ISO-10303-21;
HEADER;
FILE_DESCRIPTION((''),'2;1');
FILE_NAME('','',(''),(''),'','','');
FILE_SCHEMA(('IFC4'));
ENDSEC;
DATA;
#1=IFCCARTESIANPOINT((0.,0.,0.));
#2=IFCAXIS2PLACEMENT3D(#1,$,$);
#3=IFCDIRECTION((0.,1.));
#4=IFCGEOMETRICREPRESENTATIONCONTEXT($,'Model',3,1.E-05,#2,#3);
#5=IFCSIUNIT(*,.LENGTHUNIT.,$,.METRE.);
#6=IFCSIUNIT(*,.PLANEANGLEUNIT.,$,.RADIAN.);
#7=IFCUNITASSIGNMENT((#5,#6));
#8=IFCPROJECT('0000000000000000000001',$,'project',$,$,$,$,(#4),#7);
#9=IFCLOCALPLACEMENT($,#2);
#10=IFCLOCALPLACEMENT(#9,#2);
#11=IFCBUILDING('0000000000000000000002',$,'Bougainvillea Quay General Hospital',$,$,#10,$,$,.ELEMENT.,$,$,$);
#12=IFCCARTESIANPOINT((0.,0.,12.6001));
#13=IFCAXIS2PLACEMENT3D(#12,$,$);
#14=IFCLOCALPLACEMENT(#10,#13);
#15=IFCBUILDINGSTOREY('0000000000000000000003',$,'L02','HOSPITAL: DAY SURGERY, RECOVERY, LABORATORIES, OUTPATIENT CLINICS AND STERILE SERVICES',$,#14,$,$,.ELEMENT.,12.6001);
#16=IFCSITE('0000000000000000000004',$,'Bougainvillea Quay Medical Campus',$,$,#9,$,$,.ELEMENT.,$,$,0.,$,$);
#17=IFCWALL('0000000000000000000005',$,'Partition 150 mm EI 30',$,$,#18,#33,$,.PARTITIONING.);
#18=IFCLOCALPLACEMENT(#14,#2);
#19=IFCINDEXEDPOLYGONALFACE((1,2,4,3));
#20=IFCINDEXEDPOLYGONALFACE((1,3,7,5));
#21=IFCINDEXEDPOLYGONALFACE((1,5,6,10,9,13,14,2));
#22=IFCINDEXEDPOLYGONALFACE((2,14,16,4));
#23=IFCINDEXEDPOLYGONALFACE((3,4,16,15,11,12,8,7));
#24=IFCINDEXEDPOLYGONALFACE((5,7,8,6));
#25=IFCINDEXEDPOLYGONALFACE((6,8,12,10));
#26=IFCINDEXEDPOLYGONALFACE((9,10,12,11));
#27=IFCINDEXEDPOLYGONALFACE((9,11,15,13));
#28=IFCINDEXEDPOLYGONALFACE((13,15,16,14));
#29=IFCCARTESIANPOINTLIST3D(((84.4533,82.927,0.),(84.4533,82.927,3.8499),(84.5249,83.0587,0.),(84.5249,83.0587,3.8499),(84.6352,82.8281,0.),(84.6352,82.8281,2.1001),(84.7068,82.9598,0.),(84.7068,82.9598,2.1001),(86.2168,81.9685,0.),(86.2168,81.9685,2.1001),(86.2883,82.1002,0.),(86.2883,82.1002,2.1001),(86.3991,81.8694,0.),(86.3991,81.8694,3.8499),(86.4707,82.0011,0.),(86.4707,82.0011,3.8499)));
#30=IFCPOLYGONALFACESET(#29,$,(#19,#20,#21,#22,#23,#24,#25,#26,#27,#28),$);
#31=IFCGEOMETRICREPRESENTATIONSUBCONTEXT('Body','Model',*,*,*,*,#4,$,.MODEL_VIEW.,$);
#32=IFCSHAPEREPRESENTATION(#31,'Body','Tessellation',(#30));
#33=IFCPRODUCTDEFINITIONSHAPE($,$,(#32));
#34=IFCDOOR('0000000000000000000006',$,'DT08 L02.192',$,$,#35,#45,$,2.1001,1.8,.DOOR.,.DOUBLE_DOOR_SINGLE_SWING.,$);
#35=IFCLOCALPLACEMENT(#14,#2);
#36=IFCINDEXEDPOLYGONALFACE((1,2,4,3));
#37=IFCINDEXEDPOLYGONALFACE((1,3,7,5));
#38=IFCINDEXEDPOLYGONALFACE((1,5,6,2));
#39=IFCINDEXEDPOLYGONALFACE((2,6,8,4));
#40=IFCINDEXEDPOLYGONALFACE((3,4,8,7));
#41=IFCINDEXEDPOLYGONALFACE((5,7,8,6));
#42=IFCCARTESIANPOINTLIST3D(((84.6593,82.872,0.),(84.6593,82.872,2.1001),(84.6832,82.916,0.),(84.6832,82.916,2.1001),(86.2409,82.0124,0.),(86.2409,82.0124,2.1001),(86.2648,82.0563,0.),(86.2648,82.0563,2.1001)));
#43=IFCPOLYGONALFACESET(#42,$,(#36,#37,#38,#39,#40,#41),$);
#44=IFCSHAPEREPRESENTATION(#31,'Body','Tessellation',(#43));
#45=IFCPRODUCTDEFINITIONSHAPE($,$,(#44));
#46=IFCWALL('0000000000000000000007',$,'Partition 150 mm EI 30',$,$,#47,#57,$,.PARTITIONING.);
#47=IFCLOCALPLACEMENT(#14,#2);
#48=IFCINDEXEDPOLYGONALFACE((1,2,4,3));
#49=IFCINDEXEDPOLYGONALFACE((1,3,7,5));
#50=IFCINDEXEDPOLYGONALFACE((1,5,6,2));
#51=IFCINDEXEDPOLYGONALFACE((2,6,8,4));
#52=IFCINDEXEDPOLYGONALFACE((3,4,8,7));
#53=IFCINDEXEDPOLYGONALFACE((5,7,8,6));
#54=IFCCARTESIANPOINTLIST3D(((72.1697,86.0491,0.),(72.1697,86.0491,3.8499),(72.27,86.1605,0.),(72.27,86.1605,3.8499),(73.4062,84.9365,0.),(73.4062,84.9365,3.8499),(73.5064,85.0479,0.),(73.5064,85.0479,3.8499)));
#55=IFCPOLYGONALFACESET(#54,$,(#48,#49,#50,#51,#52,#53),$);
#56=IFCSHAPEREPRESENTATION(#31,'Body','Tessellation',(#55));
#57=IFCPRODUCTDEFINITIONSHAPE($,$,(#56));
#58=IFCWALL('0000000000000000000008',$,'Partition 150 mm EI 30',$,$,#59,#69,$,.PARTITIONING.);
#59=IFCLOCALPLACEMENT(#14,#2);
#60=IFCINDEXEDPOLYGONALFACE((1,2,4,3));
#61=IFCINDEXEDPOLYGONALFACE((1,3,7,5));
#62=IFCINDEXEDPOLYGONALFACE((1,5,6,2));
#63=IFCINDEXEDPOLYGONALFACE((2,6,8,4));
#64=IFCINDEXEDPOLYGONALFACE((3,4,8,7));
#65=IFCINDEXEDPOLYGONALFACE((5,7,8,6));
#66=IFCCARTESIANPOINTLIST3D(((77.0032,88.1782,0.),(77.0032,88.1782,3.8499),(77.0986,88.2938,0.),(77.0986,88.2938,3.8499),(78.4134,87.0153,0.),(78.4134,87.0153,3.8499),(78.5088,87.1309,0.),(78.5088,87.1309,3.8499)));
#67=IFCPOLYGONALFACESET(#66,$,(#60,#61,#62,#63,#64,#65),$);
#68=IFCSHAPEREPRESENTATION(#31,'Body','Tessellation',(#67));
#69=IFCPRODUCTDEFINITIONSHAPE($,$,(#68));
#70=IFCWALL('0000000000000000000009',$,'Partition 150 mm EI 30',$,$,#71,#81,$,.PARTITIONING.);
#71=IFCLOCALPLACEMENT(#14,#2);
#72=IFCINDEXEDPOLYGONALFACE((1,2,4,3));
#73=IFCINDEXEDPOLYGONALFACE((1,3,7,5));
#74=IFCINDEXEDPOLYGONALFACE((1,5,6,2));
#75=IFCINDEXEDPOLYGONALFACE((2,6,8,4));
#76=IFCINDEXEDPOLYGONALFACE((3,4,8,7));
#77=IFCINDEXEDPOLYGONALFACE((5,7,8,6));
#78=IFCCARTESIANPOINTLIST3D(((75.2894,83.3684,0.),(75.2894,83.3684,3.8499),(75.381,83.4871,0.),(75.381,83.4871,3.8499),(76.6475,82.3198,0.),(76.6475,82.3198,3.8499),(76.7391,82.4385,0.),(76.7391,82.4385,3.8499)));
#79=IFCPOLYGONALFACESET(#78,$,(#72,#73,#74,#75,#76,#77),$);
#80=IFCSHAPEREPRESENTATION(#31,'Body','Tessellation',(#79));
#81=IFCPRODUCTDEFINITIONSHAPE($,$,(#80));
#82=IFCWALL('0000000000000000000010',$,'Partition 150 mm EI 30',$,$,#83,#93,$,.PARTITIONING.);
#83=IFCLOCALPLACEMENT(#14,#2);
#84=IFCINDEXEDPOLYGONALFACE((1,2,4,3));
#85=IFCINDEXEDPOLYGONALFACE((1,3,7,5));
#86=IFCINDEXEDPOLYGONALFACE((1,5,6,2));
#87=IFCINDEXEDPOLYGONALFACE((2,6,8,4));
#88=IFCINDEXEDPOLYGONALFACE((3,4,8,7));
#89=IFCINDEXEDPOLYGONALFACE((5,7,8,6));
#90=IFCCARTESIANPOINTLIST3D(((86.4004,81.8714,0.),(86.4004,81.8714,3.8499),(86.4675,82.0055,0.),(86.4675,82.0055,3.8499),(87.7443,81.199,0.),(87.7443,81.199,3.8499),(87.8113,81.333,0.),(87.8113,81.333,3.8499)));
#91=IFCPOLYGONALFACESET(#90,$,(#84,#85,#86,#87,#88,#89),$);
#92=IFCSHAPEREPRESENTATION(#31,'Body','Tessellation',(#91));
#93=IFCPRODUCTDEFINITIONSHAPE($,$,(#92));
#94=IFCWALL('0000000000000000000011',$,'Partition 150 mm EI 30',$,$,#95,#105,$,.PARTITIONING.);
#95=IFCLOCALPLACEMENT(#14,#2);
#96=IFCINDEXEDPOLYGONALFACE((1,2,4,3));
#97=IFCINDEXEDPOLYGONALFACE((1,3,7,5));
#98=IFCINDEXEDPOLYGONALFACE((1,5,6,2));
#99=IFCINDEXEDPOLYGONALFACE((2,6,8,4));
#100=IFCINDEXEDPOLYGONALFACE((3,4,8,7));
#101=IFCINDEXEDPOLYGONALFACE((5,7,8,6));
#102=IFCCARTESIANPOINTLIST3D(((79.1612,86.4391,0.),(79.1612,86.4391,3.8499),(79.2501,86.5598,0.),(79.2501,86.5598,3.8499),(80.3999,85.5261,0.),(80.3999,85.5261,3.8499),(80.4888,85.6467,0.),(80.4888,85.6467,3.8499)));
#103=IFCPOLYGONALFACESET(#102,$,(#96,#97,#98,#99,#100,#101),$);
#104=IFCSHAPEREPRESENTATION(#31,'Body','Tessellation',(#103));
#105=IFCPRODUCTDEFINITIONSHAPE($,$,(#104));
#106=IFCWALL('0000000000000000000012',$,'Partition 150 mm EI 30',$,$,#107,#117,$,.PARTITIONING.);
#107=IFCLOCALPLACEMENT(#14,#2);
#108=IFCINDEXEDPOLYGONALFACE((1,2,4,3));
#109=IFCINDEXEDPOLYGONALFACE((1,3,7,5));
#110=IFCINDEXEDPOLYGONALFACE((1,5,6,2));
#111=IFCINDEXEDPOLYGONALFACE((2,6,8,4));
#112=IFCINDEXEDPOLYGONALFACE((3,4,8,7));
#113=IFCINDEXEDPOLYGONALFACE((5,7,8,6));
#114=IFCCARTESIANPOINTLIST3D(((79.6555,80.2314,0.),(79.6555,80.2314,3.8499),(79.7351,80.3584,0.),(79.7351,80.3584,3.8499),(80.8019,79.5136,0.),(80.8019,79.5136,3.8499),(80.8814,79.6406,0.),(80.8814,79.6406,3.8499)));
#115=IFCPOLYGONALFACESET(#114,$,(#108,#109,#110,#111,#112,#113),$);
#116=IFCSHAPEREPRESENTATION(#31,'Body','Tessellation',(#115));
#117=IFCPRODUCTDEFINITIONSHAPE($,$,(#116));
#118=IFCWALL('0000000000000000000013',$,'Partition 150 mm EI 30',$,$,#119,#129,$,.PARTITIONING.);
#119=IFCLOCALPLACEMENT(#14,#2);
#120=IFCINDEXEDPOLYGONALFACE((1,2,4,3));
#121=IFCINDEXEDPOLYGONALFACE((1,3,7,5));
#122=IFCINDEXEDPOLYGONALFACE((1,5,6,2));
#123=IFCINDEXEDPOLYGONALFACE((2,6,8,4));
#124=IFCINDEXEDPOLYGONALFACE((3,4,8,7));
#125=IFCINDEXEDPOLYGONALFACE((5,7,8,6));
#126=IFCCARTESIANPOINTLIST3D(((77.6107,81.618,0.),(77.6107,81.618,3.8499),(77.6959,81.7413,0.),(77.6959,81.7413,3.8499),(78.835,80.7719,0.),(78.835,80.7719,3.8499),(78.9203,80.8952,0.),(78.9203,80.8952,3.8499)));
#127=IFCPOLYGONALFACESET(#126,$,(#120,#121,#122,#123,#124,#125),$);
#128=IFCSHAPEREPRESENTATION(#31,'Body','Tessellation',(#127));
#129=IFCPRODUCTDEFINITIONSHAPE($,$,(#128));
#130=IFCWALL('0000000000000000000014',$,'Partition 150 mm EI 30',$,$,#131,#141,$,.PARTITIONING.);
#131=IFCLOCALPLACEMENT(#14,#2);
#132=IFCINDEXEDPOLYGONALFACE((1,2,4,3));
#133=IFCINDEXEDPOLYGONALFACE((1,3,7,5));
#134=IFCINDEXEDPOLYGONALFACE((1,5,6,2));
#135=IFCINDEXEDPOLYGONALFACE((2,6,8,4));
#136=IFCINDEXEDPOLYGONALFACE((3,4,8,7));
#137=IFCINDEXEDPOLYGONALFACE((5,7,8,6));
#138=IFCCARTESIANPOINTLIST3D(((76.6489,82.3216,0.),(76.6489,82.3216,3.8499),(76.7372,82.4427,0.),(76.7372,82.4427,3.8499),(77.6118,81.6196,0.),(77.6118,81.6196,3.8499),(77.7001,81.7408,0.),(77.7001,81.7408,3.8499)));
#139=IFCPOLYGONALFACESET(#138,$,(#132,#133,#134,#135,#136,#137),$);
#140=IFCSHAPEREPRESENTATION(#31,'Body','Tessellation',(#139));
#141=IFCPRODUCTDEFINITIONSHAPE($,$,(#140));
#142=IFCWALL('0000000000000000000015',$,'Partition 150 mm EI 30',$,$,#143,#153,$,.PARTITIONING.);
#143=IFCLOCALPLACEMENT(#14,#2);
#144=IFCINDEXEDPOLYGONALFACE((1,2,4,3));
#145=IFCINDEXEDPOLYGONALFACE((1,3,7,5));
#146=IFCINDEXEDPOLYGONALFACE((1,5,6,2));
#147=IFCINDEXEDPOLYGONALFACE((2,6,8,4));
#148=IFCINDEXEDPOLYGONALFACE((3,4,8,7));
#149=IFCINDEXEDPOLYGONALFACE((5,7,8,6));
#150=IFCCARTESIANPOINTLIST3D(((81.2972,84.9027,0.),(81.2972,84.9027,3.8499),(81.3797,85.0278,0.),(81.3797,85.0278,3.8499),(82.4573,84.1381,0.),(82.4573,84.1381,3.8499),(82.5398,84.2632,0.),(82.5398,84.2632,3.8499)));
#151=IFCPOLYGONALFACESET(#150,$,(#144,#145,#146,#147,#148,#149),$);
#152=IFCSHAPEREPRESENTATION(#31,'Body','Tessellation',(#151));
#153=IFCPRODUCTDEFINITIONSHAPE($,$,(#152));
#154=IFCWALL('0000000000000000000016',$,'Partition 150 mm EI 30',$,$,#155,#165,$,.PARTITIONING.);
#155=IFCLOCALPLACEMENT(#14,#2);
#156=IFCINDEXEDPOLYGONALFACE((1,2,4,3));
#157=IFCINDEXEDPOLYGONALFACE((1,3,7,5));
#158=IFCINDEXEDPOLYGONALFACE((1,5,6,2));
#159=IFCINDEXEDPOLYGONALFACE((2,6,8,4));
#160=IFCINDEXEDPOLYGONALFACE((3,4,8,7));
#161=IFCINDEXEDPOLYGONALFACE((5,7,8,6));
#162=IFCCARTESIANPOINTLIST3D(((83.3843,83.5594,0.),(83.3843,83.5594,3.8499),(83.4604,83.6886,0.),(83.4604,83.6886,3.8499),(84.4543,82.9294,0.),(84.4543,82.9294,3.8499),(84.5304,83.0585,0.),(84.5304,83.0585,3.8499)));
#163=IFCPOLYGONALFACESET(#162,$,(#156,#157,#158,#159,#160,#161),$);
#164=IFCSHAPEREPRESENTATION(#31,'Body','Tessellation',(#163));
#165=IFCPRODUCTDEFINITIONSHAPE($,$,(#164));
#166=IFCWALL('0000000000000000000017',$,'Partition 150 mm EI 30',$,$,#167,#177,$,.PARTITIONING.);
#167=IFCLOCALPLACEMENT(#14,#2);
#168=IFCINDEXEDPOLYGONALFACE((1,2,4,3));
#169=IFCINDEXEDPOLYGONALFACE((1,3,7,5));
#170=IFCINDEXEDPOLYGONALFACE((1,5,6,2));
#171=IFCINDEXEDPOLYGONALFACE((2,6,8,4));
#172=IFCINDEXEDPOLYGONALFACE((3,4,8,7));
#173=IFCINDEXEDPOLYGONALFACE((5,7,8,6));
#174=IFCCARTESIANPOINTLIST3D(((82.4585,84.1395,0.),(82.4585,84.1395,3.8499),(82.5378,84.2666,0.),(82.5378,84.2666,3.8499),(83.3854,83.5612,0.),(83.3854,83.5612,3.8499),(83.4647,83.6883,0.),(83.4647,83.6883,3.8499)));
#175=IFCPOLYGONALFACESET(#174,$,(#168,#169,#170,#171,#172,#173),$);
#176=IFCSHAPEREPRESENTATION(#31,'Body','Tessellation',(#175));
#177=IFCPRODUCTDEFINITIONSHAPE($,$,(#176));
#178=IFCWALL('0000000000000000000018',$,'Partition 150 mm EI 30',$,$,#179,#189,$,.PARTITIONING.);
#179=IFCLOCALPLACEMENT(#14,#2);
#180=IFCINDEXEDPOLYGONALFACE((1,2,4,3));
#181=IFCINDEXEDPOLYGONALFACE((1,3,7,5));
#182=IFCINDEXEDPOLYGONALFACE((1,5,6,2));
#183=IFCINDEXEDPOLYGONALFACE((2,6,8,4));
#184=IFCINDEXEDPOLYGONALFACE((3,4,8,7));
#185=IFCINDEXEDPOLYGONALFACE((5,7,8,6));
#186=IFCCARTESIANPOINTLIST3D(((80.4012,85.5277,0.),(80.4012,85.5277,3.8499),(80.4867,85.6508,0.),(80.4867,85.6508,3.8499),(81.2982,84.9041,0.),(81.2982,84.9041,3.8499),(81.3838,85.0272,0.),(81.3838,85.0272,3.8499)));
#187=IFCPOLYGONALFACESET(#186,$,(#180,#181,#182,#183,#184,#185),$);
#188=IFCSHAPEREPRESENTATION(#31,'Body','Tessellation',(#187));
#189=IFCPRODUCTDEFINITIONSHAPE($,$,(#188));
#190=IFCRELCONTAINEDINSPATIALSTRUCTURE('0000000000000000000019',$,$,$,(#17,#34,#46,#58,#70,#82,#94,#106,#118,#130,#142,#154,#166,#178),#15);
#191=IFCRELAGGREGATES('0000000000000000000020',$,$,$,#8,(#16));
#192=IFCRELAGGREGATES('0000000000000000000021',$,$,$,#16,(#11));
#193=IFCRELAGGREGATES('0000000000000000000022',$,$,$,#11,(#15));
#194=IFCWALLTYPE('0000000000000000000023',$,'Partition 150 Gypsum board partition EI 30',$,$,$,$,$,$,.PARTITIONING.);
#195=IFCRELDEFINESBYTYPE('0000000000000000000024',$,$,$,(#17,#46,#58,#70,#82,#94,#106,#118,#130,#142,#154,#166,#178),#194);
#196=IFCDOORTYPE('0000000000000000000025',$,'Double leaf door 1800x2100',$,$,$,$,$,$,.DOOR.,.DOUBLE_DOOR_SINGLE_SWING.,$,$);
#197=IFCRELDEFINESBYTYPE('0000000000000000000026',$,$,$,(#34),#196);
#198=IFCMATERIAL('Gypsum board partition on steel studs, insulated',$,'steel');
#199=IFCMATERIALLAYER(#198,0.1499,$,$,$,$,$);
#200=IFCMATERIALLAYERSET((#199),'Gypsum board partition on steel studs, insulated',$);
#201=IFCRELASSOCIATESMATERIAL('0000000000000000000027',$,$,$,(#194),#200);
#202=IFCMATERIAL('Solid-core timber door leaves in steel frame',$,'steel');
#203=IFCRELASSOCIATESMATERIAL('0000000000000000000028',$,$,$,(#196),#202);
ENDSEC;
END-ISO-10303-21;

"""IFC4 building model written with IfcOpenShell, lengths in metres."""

from ifc_helpers import new_model, si_unit, direction, frame, frame_2d, origin, place, context, subcontext, project, spatial, rectangle, extrude, material, layer, layer_set, type_object, element, fill, save


model = new_model("IFC4")

# Units and contexts
model_context = context("Model", 3, precision=1e-05, world=origin(), true_north=direction((0.0, 1.0)))
body_context = subcontext(model_context, "Body", "Model", "MODEL_VIEW")
ifc_project = project(units=[si_unit("LENGTHUNIT", "METRE"), si_unit("PLANEANGLEUNIT", "RADIAN")], contexts=[model_context])

# Site, building, storey
site_placement = place(None, origin())
site = spatial("IfcSite", under=ifc_project, at=site_placement, Name="Bougainvillea Quay Medical Campus", CompositionType="ELEMENT", RefElevation=0.0)
building_placement = place(site_placement, origin())
building = spatial("IfcBuilding", under=site, at=building_placement, Name="Bougainvillea Quay General Hospital", CompositionType="ELEMENT")
storey_placement = place(building_placement, frame((0.0, 0.0, 12.6001)))
storey = spatial("IfcBuildingStorey", under=building, at=storey_placement, Name="L02", Description="HOSPITAL: DAY SURGERY, RECOVERY, LABORATORIES, OUTPATIENT CLINICS AND STERILE SERVICES", CompositionType="ELEMENT", Elevation=12.6001)

# Shared definitions
ifc_material_1 = material(Name="Gypsum board partition on steel studs, insulated", Category="steel")
ifc_layer_1 = layer(ifc_material_1, 0.1499)
ifc_layer_set_1 = layer_set([ifc_layer_1], Name="Gypsum board partition on steel studs, insulated")
wall_type_1 = type_object("IfcWallType", Name="Partition 150 Gypsum board partition EI 30", PredefinedType="PARTITIONING", material=ifc_layer_set_1)

# Shared definitions
ifc_material_2 = material(Name="Solid-core timber door leaves in steel frame", Category="steel")
door_type_1 = type_object("IfcDoorType", Name="Double leaf door 1800x2100", OperationType="DOUBLE_DOOR_SINGLE_SWING", PredefinedType="DOOR", material=ifc_material_2)

# Wall, opening, door
wall_1_placement = place(storey_placement, frame((84.489, 82.9929, 0.0), z_axis=(0.0, 0.0, 1.0), x_axis=(0.878602, -0.477554, 0.0)))
wall_1 = element("IfcWall", 1, at=wall_1_placement, inside=storey, type_object=wall_type_1, Name="Partition 150 mm EI 30", PredefinedType="PARTITIONING", context=body_context, shape_type="SweptSolid", body=[
    extrude(rectangle(XDim=2.2146, YDim=0.1499, at=frame_2d((1.1074, 0.0))), origin(), (0.0, 0.0, 1.0), 3.8499),
])
opening_1_placement = place(wall_1_placement, frame((0.2073, 0.0, 0.0)))
opening_1 = element("IfcOpeningElement", 2, at=opening_1_placement, cuts=wall_1, PredefinedType="OPENING", context=body_context, shape_type="SweptSolid", body=[
    extrude(rectangle(XDim=1.8, YDim=2.1001, at=frame_2d((0.8999, 1.05))), frame((0.0, 0.085, 0.0), z_axis=(0.0, -1.0, 0.0), x_axis=(1.0, 0.0, 0.0)), (0.0, 0.0, 1.0), 0.1699),
])
door_1_placement = place(opening_1_placement, frame((1.8, 0.0, 0.0), z_axis=(0.0, 0.0, 1.0), x_axis=(-1.0, 0.0, 0.0)))
door_1 = element("IfcDoor", 3, at=door_1_placement, inside=storey, type_object=door_type_1, Name="DT08 L02.192", OperationType="DOUBLE_DOOR_SINGLE_SWING", OverallHeight=2.1001, OverallWidth=1.8, PredefinedType="DOOR", context=body_context, shape_type="SweptSolid", body=[
    extrude(rectangle(XDim=1.8, YDim=2.1001, at=frame_2d((0.8999, 1.05))), frame((0.0, 0.0249, 0.0), z_axis=(0.0, -1.0, 0.0), x_axis=(1.0, 0.0, 0.0)), (0.0, 0.0, 1.0), 0.05),
])
fill(opening_1, door_1)

# Walls
wall_2_placement = place(storey_placement, frame((72.22, 86.1047, 0.0), z_axis=(0.0, 0.0, 1.0), x_axis=(0.743338, -0.668916, 0.0)))
element("IfcWall", 4, at=wall_2_placement, inside=storey, type_object=wall_type_1, Name="Partition 150 mm EI 30", PredefinedType="PARTITIONING", context=body_context, shape_type="SweptSolid", body=[
    extrude(rectangle(XDim=1.6633, YDim=0.1499, at=frame_2d((0.8315, 0.0))), origin(), (0.0, 0.0, 1.0), 3.8499),
])
wall_3_placement = place(storey_placement, frame((77.0508, 88.2361, 0.0), z_axis=(0.0, 0.0, 1.0), x_axis=(0.771518, -0.636208, 0.0)))
element("IfcWall", 5, at=wall_3_placement, inside=storey, type_object=wall_type_1, Name="Partition 150 mm EI 30", PredefinedType="PARTITIONING", context=body_context, shape_type="SweptSolid", body=[
    extrude(rectangle(XDim=1.8279, YDim=0.1499, at=frame_2d((0.9141, 0.0))), origin(), (0.0, 0.0, 1.0), 3.8499),
])
wall_4_placement = place(storey_placement, frame((75.3352, 83.4277, 0.0), z_axis=(0.0, 0.0, 1.0), x_axis=(0.791538, -0.611119, 0.0)))
element("IfcWall", 6, at=wall_4_placement, inside=storey, type_object=wall_type_1, Name="Partition 150 mm EI 30", PredefinedType="PARTITIONING", context=body_context, shape_type="SweptSolid", body=[
    extrude(rectangle(XDim=1.7158, YDim=0.1499, at=frame_2d((0.8579, 0.0))), origin(), (0.0, 0.0, 1.0), 3.8499),
])
wall_5_placement = place(storey_placement, frame((86.4338, 81.9385, 0.0), z_axis=(0.0, 0.0, 1.0), x_axis=(0.894297, -0.447474, 0.0)))
element("IfcWall", 7, at=wall_5_placement, inside=storey, type_object=wall_type_1, Name="Partition 150 mm EI 30", PredefinedType="PARTITIONING", context=body_context, shape_type="SweptSolid", body=[
    extrude(rectangle(XDim=1.5027, YDim=0.1499, at=frame_2d((0.7515, 0.0))), origin(), (0.0, 0.0, 1.0), 3.8499),
])
wall_6_placement = place(storey_placement, frame((79.2056, 86.4995, 0.0), z_axis=(0.0, 0.0, 1.0), x_axis=(0.80496, -0.593329, 0.0)))
element("IfcWall", 8, at=wall_6_placement, inside=storey, type_object=wall_type_1, Name="Partition 150 mm EI 30", PredefinedType="PARTITIONING", context=body_context, shape_type="SweptSolid", body=[
    extrude(rectangle(XDim=1.5388, YDim=0.1499, at=frame_2d((0.7695, 0.0))), origin(), (0.0, 0.0, 1.0), 3.8499),
])
wall_7_placement = place(storey_placement, frame((79.6953, 80.2949, 0.0), z_axis=(0.0, 0.0, 1.0), x_axis=(0.847542, -0.530729, 0.0)))
element("IfcWall", 9, at=wall_7_placement, inside=storey, type_object=wall_type_1, Name="Partition 150 mm EI 30", PredefinedType="PARTITIONING", context=body_context, shape_type="SweptSolid", body=[
    extrude(rectangle(XDim=1.3525, YDim=0.1499, at=frame_2d((0.6763, 0.0))), origin(), (0.0, 0.0, 1.0), 3.8499),
])
wall_8_placement = place(storey_placement, frame((77.6533, 81.6797, 0.0), z_axis=(0.0, 0.0, 1.0), x_axis=(0.822647, -0.568553, 0.0)))
element("IfcWall", 10, at=wall_8_placement, inside=storey, type_object=wall_type_1, Name="Partition 150 mm EI 30", PredefinedType="PARTITIONING", context=body_context, shape_type="SweptSolid", body=[
    extrude(rectangle(XDim=1.4883, YDim=0.1499, at=frame_2d((0.7441, 0.0))), origin(), (0.0, 0.0, 1.0), 3.8499),
])
wall_9_placement = place(storey_placement, frame((76.6931, 82.3821, 0.0), z_axis=(0.0, 0.0, 1.0), x_axis=(0.808089, -0.589061, 0.0)))
element("IfcWall", 11, at=wall_9_placement, inside=storey, type_object=wall_type_1, Name="Partition 150 mm EI 30", PredefinedType="PARTITIONING", context=body_context, shape_type="SweptSolid", body=[
    extrude(rectangle(XDim=1.1917, YDim=0.1499, at=frame_2d((0.5957, 0.0))), origin(), (0.0, 0.0, 1.0), 3.8499),
])
wall_10_placement = place(storey_placement, frame((81.3384, 84.9653, 0.0), z_axis=(0.0, 0.0, 1.0), x_axis=(0.834958, -0.550313, 0.0)))
element("IfcWall", 12, at=wall_10_placement, inside=storey, type_object=wall_type_1, Name="Partition 150 mm EI 30", PredefinedType="PARTITIONING", context=body_context, shape_type="SweptSolid", body=[
    extrude(rectangle(XDim=1.3894, YDim=0.1499, at=frame_2d((0.6948, 0.0))), origin(), (0.0, 0.0, 1.0), 3.8499),
])
wall_11_placement = place(storey_placement, frame((83.4224, 83.624, 0.0), z_axis=(0.0, 0.0, 1.0), x_axis=(0.861697, -0.507424, 0.0)))
element("IfcWall", 13, at=wall_11_placement, inside=storey, type_object=wall_type_1, Name="Partition 150 mm EI 30", PredefinedType="PARTITIONING", context=body_context, shape_type="SweptSolid", body=[
    extrude(rectangle(XDim=1.2417, YDim=0.1499, at=frame_2d((0.6208, 0.0))), origin(), (0.0, 0.0, 1.0), 3.8499),
])
for number, where, z_axis, x_axis, name in (
    (14, (82.498, 84.2031, 0.0), (0.0, 0.0, 1.0), (0.848412, -0.529336, 0.0), "Partition 150 mm EI 30"),
    (15, (80.4438, 85.5894, 0.0), (0.0, 0.0, 1.0), (0.821096, -0.570789, 0.0), "Partition 150 mm EI 30"),
):
    element("IfcWall", number, at=place(storey_placement, frame(where, z_axis=z_axis, x_axis=x_axis)), inside=storey, type_object=wall_type_1, Name=name, PredefinedType="PARTITIONING", context=body_context, shape_type="SweptSolid", body=[
        extrude(rectangle(XDim=1.0925, YDim=0.1499, at=frame_2d((0.5464, 0.0))), origin(), (0.0, 0.0, 1.0), 3.8499),
    ])

save(model, "model.ifc")
